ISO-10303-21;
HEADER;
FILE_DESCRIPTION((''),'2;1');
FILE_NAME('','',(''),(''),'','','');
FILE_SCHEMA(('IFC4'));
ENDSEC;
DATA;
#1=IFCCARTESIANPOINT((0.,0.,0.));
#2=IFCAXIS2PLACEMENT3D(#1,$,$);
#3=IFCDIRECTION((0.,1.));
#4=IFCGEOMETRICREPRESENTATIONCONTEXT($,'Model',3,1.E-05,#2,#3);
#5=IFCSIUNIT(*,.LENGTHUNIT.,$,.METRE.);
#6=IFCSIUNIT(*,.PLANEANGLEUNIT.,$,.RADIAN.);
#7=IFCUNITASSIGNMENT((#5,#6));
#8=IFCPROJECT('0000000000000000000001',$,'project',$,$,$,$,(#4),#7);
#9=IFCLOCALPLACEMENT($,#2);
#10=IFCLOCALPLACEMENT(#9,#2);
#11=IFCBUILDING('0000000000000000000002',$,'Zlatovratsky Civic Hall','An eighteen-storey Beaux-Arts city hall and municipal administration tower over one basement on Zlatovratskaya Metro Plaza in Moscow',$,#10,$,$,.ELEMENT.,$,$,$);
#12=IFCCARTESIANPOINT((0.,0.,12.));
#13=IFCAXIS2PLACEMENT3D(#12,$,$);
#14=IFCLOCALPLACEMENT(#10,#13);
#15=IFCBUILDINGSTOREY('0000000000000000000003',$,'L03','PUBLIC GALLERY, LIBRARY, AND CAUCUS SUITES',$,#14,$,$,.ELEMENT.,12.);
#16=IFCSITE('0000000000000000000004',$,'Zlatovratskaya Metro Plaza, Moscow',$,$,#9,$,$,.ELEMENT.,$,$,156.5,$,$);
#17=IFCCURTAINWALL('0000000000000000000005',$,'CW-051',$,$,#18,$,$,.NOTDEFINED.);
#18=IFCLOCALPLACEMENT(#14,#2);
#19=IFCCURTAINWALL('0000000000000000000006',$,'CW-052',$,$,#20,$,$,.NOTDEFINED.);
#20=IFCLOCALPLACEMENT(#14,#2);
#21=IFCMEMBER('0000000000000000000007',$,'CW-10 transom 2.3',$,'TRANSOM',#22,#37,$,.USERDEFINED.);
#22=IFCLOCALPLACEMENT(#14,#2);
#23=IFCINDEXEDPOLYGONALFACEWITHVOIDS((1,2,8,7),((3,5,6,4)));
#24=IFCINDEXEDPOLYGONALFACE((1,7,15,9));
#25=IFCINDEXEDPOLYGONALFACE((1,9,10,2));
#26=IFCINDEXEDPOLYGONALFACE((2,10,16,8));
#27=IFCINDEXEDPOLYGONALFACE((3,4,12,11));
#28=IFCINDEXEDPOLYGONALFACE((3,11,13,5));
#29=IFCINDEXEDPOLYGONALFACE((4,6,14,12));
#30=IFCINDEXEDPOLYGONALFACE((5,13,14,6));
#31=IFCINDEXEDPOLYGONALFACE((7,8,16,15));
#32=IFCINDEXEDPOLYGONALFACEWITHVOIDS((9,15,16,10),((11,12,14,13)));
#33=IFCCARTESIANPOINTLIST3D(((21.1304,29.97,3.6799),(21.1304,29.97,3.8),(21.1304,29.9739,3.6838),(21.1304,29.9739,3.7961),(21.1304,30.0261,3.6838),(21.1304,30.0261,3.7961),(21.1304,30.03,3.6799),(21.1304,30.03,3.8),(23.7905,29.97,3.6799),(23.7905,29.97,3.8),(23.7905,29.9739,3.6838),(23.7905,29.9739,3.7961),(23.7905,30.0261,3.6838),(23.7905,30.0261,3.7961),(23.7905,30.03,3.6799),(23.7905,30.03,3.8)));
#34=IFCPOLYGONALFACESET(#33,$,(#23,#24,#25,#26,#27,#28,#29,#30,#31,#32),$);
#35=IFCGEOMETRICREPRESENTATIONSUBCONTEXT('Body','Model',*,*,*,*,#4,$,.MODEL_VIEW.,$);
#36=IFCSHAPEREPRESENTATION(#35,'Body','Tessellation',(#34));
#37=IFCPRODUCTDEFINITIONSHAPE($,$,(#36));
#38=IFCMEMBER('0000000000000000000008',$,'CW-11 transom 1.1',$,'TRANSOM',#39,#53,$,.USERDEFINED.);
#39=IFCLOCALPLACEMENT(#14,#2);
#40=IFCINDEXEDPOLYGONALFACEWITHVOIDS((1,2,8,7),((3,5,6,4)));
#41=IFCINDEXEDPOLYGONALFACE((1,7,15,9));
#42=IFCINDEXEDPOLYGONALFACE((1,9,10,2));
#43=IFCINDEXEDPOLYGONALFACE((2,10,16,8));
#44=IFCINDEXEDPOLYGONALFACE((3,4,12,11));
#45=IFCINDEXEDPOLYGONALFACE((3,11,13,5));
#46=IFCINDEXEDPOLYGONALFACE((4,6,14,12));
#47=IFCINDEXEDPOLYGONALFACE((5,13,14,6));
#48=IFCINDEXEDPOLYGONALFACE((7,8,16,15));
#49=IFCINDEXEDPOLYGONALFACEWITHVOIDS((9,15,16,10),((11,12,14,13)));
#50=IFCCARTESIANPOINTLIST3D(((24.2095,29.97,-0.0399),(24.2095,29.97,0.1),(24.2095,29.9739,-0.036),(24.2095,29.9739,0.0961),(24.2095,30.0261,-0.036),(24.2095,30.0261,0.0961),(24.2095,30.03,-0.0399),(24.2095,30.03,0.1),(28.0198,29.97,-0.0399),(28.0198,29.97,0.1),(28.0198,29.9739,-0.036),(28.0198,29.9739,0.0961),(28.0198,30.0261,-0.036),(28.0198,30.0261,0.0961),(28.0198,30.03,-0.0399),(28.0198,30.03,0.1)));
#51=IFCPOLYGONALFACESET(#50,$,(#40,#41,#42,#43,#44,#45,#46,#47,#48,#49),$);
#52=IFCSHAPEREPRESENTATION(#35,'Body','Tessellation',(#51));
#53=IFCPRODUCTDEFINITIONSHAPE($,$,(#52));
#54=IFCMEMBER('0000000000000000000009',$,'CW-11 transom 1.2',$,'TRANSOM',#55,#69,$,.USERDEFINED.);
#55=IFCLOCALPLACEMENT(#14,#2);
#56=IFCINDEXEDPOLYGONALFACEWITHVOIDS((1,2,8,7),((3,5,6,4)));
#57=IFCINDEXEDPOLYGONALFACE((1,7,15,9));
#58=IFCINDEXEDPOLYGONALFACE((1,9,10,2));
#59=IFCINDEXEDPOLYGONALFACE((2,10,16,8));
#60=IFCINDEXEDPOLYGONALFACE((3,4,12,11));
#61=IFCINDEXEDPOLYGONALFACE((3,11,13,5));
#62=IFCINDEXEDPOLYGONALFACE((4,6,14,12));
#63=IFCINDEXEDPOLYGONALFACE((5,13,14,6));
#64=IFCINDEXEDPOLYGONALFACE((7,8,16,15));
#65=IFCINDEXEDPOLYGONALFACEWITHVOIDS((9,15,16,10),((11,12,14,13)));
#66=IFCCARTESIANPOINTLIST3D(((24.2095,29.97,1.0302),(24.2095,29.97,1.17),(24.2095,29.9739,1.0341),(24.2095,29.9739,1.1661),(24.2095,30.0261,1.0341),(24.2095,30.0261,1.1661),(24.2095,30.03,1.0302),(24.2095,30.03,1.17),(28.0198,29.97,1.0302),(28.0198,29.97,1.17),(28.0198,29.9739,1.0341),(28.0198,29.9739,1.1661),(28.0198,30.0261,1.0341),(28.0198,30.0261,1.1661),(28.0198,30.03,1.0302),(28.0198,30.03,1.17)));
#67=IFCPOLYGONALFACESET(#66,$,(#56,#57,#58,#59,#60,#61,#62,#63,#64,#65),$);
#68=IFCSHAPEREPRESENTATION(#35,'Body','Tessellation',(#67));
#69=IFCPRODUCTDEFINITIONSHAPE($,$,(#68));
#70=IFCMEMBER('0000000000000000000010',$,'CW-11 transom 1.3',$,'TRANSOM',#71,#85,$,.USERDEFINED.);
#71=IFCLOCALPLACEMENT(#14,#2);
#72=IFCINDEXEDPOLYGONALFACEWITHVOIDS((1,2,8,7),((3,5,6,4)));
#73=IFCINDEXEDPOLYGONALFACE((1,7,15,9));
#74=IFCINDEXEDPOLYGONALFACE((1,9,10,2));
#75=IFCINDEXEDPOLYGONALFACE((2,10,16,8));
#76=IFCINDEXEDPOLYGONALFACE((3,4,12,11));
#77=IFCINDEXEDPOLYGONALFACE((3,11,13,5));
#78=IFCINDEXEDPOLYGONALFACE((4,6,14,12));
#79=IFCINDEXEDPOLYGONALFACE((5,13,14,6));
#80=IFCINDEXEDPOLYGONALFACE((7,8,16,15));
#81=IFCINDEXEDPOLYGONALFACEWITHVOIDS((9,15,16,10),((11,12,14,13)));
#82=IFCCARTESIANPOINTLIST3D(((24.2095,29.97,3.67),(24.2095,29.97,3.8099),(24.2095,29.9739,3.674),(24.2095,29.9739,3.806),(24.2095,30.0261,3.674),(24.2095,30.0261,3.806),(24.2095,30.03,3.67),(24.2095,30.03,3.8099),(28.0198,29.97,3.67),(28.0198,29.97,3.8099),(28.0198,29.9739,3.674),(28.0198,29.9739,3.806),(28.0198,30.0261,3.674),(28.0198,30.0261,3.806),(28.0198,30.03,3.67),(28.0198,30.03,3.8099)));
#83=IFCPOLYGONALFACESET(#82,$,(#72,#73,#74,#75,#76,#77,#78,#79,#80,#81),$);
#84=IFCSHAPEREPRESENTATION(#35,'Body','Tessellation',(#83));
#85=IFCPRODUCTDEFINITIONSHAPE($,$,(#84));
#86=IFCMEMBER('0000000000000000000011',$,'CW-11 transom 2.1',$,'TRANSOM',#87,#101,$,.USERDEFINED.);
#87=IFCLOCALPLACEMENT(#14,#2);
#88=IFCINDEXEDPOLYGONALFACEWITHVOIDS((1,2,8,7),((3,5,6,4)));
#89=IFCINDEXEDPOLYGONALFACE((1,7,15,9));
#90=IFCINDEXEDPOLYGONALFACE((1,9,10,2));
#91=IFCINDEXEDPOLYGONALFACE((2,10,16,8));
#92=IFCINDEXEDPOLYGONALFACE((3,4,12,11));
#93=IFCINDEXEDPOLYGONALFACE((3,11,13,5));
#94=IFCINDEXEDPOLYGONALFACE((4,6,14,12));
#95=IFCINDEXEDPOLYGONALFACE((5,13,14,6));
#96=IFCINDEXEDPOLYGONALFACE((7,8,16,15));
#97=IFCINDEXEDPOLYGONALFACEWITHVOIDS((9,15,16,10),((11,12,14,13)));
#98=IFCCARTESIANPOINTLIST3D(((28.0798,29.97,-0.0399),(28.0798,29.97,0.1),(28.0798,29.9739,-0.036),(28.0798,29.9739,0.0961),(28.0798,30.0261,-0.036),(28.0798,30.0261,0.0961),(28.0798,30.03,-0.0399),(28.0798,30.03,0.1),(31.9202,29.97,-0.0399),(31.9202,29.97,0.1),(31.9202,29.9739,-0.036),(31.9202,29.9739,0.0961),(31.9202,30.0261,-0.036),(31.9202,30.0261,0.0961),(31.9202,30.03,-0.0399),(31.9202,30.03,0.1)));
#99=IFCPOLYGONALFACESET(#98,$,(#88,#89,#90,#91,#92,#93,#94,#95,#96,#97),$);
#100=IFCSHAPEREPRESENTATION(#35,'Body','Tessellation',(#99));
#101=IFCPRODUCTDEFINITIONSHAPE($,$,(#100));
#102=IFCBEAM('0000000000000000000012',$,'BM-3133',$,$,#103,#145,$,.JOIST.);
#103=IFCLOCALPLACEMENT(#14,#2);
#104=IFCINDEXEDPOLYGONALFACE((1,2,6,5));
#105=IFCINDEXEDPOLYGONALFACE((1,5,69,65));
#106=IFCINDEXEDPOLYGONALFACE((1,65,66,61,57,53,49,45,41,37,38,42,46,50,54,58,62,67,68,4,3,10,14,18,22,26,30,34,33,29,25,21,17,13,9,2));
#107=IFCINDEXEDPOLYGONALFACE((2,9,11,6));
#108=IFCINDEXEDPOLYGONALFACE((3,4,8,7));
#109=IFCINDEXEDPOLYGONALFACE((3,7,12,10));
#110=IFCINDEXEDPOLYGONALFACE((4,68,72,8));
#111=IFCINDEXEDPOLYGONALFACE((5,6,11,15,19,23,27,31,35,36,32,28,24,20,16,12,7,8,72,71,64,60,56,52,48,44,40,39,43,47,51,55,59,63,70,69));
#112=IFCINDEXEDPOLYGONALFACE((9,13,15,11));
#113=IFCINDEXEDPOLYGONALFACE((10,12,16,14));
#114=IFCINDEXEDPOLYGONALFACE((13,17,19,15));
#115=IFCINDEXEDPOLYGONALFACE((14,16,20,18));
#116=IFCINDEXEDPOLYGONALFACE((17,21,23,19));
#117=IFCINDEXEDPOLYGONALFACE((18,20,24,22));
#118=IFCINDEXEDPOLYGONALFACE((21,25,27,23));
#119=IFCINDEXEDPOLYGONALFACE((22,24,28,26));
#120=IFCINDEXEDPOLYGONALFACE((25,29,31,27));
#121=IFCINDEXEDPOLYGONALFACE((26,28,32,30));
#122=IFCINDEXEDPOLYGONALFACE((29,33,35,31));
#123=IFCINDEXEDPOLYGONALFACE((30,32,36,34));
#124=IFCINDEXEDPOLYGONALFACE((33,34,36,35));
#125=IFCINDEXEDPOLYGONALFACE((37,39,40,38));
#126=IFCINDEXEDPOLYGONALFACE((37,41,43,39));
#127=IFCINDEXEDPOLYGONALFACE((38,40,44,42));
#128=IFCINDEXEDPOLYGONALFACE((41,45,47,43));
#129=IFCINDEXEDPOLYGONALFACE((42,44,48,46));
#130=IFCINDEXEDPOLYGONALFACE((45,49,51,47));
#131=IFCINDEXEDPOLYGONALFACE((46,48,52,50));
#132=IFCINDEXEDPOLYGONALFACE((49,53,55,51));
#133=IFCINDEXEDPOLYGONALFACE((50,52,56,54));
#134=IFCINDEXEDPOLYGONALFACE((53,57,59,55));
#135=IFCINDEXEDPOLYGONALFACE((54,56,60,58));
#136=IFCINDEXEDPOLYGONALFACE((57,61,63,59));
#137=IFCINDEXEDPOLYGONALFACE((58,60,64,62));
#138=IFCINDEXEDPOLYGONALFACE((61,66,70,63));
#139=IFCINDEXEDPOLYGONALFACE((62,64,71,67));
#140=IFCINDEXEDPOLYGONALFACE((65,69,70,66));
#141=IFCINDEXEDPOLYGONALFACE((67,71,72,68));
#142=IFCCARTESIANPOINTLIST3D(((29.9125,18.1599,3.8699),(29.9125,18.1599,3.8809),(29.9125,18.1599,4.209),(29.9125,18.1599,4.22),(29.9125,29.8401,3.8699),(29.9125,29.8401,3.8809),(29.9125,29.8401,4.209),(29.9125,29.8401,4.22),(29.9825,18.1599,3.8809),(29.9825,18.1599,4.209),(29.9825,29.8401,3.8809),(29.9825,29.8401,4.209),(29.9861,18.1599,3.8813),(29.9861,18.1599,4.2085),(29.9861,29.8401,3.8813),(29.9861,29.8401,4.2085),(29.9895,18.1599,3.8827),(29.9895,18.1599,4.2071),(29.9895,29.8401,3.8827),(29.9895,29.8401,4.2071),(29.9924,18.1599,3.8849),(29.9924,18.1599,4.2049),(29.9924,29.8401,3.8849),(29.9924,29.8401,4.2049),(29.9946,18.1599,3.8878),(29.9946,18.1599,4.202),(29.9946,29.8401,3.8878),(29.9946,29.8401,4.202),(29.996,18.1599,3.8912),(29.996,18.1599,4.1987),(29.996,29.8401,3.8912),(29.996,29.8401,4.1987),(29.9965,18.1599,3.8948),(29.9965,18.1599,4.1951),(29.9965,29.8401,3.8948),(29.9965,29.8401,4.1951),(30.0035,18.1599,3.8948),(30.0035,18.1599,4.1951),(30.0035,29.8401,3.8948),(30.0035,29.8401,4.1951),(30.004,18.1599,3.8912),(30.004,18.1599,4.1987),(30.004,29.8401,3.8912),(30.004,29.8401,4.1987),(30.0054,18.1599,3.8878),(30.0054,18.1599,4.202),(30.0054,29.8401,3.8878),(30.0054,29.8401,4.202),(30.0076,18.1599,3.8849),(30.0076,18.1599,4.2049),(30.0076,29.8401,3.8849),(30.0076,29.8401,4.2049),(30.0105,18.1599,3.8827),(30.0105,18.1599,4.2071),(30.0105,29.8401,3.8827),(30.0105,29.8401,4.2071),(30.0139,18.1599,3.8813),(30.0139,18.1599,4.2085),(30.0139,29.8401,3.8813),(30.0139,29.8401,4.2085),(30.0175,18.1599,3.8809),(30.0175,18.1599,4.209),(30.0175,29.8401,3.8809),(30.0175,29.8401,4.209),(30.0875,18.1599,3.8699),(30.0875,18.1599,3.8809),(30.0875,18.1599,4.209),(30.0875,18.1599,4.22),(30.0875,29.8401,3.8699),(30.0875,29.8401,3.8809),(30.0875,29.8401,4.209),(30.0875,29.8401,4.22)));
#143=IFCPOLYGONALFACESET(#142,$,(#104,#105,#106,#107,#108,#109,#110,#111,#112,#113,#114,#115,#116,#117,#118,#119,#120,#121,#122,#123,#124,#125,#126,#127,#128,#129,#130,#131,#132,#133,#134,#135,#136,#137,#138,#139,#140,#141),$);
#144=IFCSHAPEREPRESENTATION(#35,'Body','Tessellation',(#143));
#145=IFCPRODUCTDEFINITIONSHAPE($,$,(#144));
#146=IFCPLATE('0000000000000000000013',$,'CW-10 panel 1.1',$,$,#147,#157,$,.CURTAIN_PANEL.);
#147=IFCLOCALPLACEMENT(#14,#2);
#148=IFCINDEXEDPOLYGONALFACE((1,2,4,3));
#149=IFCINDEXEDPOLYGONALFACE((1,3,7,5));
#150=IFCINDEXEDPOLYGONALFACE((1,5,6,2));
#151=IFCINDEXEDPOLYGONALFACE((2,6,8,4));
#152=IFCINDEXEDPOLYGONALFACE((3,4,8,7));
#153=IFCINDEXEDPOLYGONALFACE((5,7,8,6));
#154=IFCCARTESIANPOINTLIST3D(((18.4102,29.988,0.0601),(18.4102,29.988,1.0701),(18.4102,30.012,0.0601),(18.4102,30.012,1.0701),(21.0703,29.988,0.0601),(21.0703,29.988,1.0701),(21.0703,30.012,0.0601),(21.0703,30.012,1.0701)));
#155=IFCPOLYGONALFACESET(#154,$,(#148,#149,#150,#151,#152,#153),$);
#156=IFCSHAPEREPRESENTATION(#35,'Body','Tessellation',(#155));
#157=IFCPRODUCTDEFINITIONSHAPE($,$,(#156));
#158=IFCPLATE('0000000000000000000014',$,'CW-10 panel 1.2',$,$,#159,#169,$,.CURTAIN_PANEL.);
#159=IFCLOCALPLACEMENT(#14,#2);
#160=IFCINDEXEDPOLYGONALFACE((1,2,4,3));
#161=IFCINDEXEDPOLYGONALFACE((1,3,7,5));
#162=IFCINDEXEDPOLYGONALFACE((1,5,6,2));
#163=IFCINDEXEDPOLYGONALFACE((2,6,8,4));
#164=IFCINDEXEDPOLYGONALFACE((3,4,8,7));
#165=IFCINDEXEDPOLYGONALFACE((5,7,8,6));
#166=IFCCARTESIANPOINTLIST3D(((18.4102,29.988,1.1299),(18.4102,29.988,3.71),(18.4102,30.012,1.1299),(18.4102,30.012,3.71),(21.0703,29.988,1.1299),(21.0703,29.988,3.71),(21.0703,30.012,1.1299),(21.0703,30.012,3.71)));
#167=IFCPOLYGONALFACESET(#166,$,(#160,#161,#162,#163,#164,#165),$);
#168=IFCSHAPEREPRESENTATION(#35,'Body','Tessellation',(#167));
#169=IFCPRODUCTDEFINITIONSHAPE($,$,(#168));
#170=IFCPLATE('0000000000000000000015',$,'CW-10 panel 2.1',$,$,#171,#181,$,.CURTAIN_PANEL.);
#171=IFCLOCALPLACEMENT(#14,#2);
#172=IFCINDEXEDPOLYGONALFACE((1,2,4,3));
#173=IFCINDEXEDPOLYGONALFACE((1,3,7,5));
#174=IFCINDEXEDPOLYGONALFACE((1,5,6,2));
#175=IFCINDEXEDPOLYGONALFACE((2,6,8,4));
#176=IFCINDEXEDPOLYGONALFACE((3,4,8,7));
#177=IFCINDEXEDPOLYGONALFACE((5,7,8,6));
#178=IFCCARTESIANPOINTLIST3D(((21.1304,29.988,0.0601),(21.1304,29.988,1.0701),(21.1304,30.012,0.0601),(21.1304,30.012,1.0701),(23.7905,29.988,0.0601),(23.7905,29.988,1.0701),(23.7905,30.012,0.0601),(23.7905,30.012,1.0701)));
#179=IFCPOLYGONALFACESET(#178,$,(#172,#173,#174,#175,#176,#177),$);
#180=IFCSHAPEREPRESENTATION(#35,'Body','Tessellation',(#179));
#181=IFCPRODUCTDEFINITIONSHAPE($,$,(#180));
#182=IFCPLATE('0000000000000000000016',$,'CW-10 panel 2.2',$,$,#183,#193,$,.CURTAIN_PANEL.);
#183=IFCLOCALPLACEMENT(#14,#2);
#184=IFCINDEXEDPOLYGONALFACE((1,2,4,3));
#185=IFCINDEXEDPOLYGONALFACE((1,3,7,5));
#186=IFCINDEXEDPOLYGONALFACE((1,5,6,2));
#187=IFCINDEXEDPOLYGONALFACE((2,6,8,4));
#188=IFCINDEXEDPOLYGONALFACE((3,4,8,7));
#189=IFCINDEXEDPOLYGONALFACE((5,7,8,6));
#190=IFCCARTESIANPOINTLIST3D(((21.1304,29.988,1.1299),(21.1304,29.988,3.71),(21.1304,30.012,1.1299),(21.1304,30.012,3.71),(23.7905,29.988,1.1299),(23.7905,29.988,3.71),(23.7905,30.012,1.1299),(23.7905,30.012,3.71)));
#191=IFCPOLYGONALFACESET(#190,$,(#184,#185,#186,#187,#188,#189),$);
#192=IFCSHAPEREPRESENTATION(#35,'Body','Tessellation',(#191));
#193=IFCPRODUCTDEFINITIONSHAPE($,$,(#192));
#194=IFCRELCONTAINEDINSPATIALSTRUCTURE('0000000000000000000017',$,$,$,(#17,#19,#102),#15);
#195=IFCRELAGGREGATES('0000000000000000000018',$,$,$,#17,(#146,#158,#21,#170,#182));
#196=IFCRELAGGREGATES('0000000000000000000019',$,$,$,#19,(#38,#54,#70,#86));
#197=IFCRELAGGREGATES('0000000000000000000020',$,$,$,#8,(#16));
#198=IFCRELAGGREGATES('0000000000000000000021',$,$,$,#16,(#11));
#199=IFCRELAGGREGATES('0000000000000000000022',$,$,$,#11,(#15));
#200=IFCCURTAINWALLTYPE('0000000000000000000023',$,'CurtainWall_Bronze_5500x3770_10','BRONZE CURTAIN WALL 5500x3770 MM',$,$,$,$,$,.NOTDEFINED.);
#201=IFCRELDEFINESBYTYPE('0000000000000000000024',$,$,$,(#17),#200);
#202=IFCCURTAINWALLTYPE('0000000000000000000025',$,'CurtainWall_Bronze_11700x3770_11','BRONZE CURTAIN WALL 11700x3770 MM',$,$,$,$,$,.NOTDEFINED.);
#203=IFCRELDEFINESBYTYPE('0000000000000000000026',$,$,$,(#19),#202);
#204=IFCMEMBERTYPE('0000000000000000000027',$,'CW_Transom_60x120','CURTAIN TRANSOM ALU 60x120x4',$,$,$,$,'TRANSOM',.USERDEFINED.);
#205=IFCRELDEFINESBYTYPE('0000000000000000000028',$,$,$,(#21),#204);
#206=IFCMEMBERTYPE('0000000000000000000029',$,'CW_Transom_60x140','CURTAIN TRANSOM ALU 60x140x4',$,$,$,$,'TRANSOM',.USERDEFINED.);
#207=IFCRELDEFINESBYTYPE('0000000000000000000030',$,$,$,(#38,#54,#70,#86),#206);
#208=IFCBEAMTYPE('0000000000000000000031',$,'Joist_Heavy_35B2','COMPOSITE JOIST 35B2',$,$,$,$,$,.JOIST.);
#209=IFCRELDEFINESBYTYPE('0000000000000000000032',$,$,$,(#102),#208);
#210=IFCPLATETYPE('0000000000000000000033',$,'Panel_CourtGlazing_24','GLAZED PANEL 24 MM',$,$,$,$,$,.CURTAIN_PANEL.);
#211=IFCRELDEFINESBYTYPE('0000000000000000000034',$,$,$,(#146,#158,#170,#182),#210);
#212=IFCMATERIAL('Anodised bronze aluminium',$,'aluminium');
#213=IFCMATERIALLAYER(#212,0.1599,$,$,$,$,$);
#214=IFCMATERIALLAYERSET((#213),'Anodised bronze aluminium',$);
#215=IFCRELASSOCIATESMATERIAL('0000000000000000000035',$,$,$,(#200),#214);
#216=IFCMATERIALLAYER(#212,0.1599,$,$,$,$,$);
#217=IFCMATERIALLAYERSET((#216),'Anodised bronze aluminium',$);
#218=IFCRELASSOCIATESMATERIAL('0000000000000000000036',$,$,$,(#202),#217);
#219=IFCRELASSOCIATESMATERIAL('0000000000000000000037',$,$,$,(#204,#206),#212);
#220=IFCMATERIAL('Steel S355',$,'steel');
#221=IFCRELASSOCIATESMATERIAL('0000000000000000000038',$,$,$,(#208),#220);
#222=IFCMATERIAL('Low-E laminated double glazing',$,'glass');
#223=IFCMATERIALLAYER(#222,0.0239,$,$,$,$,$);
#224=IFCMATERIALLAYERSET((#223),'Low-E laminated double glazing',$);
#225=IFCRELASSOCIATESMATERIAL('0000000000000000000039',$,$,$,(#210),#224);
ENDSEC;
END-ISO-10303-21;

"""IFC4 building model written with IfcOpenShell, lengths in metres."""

from ifc_helpers import new_model, si_unit, direction, frame, origin, origin_2d, place, context, subcontext, project, spatial, rectangle, hollow_rectangle, i_section, extrude, material, layer, layer_set, material_profile, profile_set, type_object, element, aggregate, save


model = new_model("IFC4")

# Units and contexts
model_context = context("Model", 3, precision=1e-05, world=origin(), true_north=direction((0.0, 1.0)))
body_context = subcontext(model_context, "Body", "Model", "MODEL_VIEW")
ifc_project = project(units=[si_unit("LENGTHUNIT", "METRE"), si_unit("PLANEANGLEUNIT", "RADIAN")], contexts=[model_context])

# Site, building, storey
site_placement = place(None, origin())
site = spatial("IfcSite", under=ifc_project, at=site_placement, Name="Zlatovratskaya Metro Plaza, Moscow", CompositionType="ELEMENT", RefElevation=156.5)
building_placement = place(site_placement, origin())
building = spatial("IfcBuilding", under=site, at=building_placement, Name="Zlatovratsky Civic Hall", Description="An eighteen-storey Beaux-Arts city hall and municipal administration tower over one basement on Zlatovratskaya Metro Plaza in Moscow", CompositionType="ELEMENT")
storey_placement = place(building_placement, frame((0.0, 0.0, 12.0)))
storey = spatial("IfcBuildingStorey", under=building, at=storey_placement, Name="L03", Description="PUBLIC GALLERY, LIBRARY, AND CAUCUS SUITES", CompositionType="ELEMENT", Elevation=12.0)

# Shared definitions
ifc_material_1 = material(Name="Steel S355", Category="steel")

# Curtain walls
ifc_material_2 = material(Name="Anodised bronze aluminium", Category="aluminium")
ifc_layer_1 = layer(ifc_material_2, 0.1599)
ifc_layer_set_1 = layer_set([ifc_layer_1], Name="Anodised bronze aluminium")
curtain_wall_type_1 = type_object("IfcCurtainWallType", Name="CurtainWall_Bronze_5500x3770_10", Description="BRONZE CURTAIN WALL 5500x3770 MM", PredefinedType="NOTDEFINED", material=ifc_layer_set_1)
curtain_wall_1_placement = place(storey_placement, origin())
curtain_wall_1 = element("IfcCurtainWall", 1, at=curtain_wall_1_placement, inside=storey, type_object=curtain_wall_type_1, Name="CW-051", PredefinedType="NOTDEFINED")
ifc_layer_2 = layer(ifc_material_2, 0.1599)
ifc_layer_set_2 = layer_set([ifc_layer_2], Name="Anodised bronze aluminium")
curtain_wall_type_2 = type_object("IfcCurtainWallType", Name="CurtainWall_Bronze_11700x3770_11", Description="BRONZE CURTAIN WALL 11700x3770 MM", PredefinedType="NOTDEFINED", material=ifc_layer_set_2)
curtain_wall_2_placement = place(storey_placement, origin())
curtain_wall_2 = element("IfcCurtainWall", 2, at=curtain_wall_2_placement, inside=storey, type_object=curtain_wall_type_2, Name="CW-052", PredefinedType="NOTDEFINED")

# Members
ifc_material_profile_1 = material_profile(ifc_material_2, hollow_rectangle(XDim=0.0601, YDim=0.1201, WallThickness=0.0039, at=origin_2d()), Name="ALU 60x120x4")
ifc_profile_set_1 = profile_set([ifc_material_profile_1], Name="Anodised bronze aluminium")
member_type_1 = type_object("IfcMemberType", Name="CW_Transom_60x120", Description="CURTAIN TRANSOM ALU 60x120x4", ElementType="TRANSOM", PredefinedType="USERDEFINED", material=ifc_profile_set_1)
member_1_placement = place(storey_placement, frame((21.1304, 30.0, 3.74), z_axis=(1.0, 0.0, 0.0), x_axis=(0.0, 1.0, 0.0)))
member_1 = element("IfcMember", 3, at=member_1_placement, type_object=member_type_1, Name="CW-10 transom 2.3", ObjectType="TRANSOM", PredefinedType="USERDEFINED", context=body_context, shape_type="SweptSolid", body=[
    extrude(hollow_rectangle(XDim=0.0601, YDim=0.1201, WallThickness=0.0039, at=origin_2d()), origin(), (0.0, 0.0, 1.0), 2.6602),
])
ifc_material_profile_2 = material_profile(ifc_material_2, hollow_rectangle(XDim=0.0601, YDim=0.1399, WallThickness=0.0039, at=origin_2d()), Name="ALU 60x140x4")
ifc_profile_set_2 = profile_set([ifc_material_profile_2], Name="Anodised bronze aluminium")
member_type_2 = type_object("IfcMemberType", Name="CW_Transom_60x140", Description="CURTAIN TRANSOM ALU 60x140x4", ElementType="TRANSOM", PredefinedType="USERDEFINED", material=ifc_profile_set_2)
member_2_placement = place(storey_placement, frame((24.2095, 30.0, 0.03), z_axis=(1.0, 0.0, 0.0), x_axis=(0.0, 1.0, 0.0)))
member_2 = element("IfcMember", 4, at=member_2_placement, type_object=member_type_2, Name="CW-11 transom 1.1", ObjectType="TRANSOM", PredefinedType="USERDEFINED", context=body_context, shape_type="SweptSolid", body=[
    extrude(hollow_rectangle(XDim=0.0601, YDim=0.1399, WallThickness=0.0039, at=origin_2d()), origin(), (0.0, 0.0, 1.0), 3.8103),
])
member_3_placement = place(storey_placement, frame((24.2095, 30.0, 1.1001), z_axis=(1.0, 0.0, 0.0), x_axis=(0.0, 1.0, 0.0)))
member_3 = element("IfcMember", 5, at=member_3_placement, type_object=member_type_2, Name="CW-11 transom 1.2", ObjectType="TRANSOM", PredefinedType="USERDEFINED", context=body_context, shape_type="SweptSolid", body=[
    extrude(hollow_rectangle(XDim=0.0601, YDim=0.1399, WallThickness=0.0039, at=origin_2d()), origin(), (0.0, 0.0, 1.0), 3.8103),
])
member_4_placement = place(storey_placement, frame((24.2095, 30.0, 3.74), z_axis=(1.0, 0.0, 0.0), x_axis=(0.0, 1.0, 0.0)))
member_4 = element("IfcMember", 6, at=member_4_placement, type_object=member_type_2, Name="CW-11 transom 1.3", ObjectType="TRANSOM", PredefinedType="USERDEFINED", context=body_context, shape_type="SweptSolid", body=[
    extrude(hollow_rectangle(XDim=0.0601, YDim=0.1399, WallThickness=0.0039, at=origin_2d()), origin(), (0.0, 0.0, 1.0), 3.8103),
])
member_5_placement = place(storey_placement, frame((28.0798, 30.0, 0.03), z_axis=(1.0, 0.0, 0.0), x_axis=(0.0, 1.0, 0.0)))
member_5 = element("IfcMember", 7, at=member_5_placement, type_object=member_type_2, Name="CW-11 transom 2.1", ObjectType="TRANSOM", PredefinedType="USERDEFINED", context=body_context, shape_type="SweptSolid", body=[
    extrude(hollow_rectangle(XDim=0.0601, YDim=0.1399, WallThickness=0.0039, at=origin_2d()), origin(), (0.0, 0.0, 1.0), 3.8403),
])

# Beam
ifc_material_profile_3 = material_profile(ifc_material_1, i_section(OverallWidth=0.175, OverallDepth=0.3501, WebThickness=0.0071, FlangeThickness=0.011, FilletRadius=0.0139, at=origin_2d()), Name="35B2")
ifc_profile_set_3 = profile_set([ifc_material_profile_3], Name="Steel S355")
beam_type_1 = type_object("IfcBeamType", Name="Joist_Heavy_35B2", Description="COMPOSITE JOIST 35B2", PredefinedType="JOIST", material=ifc_profile_set_3)
beam_1_placement = place(storey_placement, frame((30.0, 18.1599, 4.0449), z_axis=(0.0, 1.0, 0.0), x_axis=(-1.0, 0.0, 0.0)))
element("IfcBeam", 8, at=beam_1_placement, inside=storey, type_object=beam_type_1, Name="BM-3133", PredefinedType="JOIST", context=body_context, shape_type="SweptSolid", body=[
    extrude(i_section(OverallWidth=0.175, OverallDepth=0.3501, WebThickness=0.0071, FlangeThickness=0.011, FilletRadius=0.0139, at=origin_2d()), origin(), (0.0, 0.0, 1.0), 11.6802),
])

# Plates
ifc_material_3 = material(Name="Low-E laminated double glazing", Category="glass")
ifc_layer_3 = layer(ifc_material_3, 0.0239)
ifc_layer_set_3 = layer_set([ifc_layer_3], Name="Low-E laminated double glazing")
plate_type = type_object("IfcPlateType", Name="Panel_CourtGlazing_24", Description="GLAZED PANEL 24 MM", PredefinedType="CURTAIN_PANEL", material=ifc_layer_set_3)
plate_1_placement = place(storey_placement, frame((19.7402, 30.0, 0.0601), z_axis=(0.0, 0.0, 1.0), x_axis=(1.0, 0.0, 0.0)))
plate_1 = element("IfcPlate", 9, at=plate_1_placement, type_object=plate_type, Name="CW-10 panel 1.1", PredefinedType="CURTAIN_PANEL", context=body_context, shape_type="SweptSolid", body=[
    extrude(rectangle(XDim=2.6602, YDim=0.0239, at=origin_2d()), origin(), (0.0, 0.0, 1.0), 1.01),
])
plate_2_placement = place(storey_placement, frame((19.7402, 30.0, 1.1299), z_axis=(0.0, 0.0, 1.0), x_axis=(1.0, 0.0, 0.0)))
plate_2 = element("IfcPlate", 10, at=plate_2_placement, type_object=plate_type, Name="CW-10 panel 1.2", PredefinedType="CURTAIN_PANEL", context=body_context, shape_type="SweptSolid", body=[
    extrude(rectangle(XDim=2.6602, YDim=0.0239, at=origin_2d()), origin(), (0.0, 0.0, 1.0), 2.5801),
])
plate_3_placement = place(storey_placement, frame((22.4604, 30.0, 0.0601), z_axis=(0.0, 0.0, 1.0), x_axis=(1.0, 0.0, 0.0)))
plate_3 = element("IfcPlate", 11, at=plate_3_placement, type_object=plate_type, Name="CW-10 panel 2.1", PredefinedType="CURTAIN_PANEL", context=body_context, shape_type="SweptSolid", body=[
    extrude(rectangle(XDim=2.6602, YDim=0.0239, at=origin_2d()), origin(), (0.0, 0.0, 1.0), 1.01),
])
plate_4_placement = place(storey_placement, frame((22.4604, 30.0, 1.1299), z_axis=(0.0, 0.0, 1.0), x_axis=(1.0, 0.0, 0.0)))
plate_4 = element("IfcPlate", 12, at=plate_4_placement, type_object=plate_type, Name="CW-10 panel 2.2", PredefinedType="CURTAIN_PANEL", context=body_context, shape_type="SweptSolid", body=[
    extrude(rectangle(XDim=2.6602, YDim=0.0239, at=origin_2d()), origin(), (0.0, 0.0, 1.0), 2.5801),
])
aggregate(curtain_wall_1, [plate_1, plate_2, member_1, plate_3, plate_4])
aggregate(curtain_wall_2, [member_2, member_3, member_4, member_5])

save(model, "model.ifc")
